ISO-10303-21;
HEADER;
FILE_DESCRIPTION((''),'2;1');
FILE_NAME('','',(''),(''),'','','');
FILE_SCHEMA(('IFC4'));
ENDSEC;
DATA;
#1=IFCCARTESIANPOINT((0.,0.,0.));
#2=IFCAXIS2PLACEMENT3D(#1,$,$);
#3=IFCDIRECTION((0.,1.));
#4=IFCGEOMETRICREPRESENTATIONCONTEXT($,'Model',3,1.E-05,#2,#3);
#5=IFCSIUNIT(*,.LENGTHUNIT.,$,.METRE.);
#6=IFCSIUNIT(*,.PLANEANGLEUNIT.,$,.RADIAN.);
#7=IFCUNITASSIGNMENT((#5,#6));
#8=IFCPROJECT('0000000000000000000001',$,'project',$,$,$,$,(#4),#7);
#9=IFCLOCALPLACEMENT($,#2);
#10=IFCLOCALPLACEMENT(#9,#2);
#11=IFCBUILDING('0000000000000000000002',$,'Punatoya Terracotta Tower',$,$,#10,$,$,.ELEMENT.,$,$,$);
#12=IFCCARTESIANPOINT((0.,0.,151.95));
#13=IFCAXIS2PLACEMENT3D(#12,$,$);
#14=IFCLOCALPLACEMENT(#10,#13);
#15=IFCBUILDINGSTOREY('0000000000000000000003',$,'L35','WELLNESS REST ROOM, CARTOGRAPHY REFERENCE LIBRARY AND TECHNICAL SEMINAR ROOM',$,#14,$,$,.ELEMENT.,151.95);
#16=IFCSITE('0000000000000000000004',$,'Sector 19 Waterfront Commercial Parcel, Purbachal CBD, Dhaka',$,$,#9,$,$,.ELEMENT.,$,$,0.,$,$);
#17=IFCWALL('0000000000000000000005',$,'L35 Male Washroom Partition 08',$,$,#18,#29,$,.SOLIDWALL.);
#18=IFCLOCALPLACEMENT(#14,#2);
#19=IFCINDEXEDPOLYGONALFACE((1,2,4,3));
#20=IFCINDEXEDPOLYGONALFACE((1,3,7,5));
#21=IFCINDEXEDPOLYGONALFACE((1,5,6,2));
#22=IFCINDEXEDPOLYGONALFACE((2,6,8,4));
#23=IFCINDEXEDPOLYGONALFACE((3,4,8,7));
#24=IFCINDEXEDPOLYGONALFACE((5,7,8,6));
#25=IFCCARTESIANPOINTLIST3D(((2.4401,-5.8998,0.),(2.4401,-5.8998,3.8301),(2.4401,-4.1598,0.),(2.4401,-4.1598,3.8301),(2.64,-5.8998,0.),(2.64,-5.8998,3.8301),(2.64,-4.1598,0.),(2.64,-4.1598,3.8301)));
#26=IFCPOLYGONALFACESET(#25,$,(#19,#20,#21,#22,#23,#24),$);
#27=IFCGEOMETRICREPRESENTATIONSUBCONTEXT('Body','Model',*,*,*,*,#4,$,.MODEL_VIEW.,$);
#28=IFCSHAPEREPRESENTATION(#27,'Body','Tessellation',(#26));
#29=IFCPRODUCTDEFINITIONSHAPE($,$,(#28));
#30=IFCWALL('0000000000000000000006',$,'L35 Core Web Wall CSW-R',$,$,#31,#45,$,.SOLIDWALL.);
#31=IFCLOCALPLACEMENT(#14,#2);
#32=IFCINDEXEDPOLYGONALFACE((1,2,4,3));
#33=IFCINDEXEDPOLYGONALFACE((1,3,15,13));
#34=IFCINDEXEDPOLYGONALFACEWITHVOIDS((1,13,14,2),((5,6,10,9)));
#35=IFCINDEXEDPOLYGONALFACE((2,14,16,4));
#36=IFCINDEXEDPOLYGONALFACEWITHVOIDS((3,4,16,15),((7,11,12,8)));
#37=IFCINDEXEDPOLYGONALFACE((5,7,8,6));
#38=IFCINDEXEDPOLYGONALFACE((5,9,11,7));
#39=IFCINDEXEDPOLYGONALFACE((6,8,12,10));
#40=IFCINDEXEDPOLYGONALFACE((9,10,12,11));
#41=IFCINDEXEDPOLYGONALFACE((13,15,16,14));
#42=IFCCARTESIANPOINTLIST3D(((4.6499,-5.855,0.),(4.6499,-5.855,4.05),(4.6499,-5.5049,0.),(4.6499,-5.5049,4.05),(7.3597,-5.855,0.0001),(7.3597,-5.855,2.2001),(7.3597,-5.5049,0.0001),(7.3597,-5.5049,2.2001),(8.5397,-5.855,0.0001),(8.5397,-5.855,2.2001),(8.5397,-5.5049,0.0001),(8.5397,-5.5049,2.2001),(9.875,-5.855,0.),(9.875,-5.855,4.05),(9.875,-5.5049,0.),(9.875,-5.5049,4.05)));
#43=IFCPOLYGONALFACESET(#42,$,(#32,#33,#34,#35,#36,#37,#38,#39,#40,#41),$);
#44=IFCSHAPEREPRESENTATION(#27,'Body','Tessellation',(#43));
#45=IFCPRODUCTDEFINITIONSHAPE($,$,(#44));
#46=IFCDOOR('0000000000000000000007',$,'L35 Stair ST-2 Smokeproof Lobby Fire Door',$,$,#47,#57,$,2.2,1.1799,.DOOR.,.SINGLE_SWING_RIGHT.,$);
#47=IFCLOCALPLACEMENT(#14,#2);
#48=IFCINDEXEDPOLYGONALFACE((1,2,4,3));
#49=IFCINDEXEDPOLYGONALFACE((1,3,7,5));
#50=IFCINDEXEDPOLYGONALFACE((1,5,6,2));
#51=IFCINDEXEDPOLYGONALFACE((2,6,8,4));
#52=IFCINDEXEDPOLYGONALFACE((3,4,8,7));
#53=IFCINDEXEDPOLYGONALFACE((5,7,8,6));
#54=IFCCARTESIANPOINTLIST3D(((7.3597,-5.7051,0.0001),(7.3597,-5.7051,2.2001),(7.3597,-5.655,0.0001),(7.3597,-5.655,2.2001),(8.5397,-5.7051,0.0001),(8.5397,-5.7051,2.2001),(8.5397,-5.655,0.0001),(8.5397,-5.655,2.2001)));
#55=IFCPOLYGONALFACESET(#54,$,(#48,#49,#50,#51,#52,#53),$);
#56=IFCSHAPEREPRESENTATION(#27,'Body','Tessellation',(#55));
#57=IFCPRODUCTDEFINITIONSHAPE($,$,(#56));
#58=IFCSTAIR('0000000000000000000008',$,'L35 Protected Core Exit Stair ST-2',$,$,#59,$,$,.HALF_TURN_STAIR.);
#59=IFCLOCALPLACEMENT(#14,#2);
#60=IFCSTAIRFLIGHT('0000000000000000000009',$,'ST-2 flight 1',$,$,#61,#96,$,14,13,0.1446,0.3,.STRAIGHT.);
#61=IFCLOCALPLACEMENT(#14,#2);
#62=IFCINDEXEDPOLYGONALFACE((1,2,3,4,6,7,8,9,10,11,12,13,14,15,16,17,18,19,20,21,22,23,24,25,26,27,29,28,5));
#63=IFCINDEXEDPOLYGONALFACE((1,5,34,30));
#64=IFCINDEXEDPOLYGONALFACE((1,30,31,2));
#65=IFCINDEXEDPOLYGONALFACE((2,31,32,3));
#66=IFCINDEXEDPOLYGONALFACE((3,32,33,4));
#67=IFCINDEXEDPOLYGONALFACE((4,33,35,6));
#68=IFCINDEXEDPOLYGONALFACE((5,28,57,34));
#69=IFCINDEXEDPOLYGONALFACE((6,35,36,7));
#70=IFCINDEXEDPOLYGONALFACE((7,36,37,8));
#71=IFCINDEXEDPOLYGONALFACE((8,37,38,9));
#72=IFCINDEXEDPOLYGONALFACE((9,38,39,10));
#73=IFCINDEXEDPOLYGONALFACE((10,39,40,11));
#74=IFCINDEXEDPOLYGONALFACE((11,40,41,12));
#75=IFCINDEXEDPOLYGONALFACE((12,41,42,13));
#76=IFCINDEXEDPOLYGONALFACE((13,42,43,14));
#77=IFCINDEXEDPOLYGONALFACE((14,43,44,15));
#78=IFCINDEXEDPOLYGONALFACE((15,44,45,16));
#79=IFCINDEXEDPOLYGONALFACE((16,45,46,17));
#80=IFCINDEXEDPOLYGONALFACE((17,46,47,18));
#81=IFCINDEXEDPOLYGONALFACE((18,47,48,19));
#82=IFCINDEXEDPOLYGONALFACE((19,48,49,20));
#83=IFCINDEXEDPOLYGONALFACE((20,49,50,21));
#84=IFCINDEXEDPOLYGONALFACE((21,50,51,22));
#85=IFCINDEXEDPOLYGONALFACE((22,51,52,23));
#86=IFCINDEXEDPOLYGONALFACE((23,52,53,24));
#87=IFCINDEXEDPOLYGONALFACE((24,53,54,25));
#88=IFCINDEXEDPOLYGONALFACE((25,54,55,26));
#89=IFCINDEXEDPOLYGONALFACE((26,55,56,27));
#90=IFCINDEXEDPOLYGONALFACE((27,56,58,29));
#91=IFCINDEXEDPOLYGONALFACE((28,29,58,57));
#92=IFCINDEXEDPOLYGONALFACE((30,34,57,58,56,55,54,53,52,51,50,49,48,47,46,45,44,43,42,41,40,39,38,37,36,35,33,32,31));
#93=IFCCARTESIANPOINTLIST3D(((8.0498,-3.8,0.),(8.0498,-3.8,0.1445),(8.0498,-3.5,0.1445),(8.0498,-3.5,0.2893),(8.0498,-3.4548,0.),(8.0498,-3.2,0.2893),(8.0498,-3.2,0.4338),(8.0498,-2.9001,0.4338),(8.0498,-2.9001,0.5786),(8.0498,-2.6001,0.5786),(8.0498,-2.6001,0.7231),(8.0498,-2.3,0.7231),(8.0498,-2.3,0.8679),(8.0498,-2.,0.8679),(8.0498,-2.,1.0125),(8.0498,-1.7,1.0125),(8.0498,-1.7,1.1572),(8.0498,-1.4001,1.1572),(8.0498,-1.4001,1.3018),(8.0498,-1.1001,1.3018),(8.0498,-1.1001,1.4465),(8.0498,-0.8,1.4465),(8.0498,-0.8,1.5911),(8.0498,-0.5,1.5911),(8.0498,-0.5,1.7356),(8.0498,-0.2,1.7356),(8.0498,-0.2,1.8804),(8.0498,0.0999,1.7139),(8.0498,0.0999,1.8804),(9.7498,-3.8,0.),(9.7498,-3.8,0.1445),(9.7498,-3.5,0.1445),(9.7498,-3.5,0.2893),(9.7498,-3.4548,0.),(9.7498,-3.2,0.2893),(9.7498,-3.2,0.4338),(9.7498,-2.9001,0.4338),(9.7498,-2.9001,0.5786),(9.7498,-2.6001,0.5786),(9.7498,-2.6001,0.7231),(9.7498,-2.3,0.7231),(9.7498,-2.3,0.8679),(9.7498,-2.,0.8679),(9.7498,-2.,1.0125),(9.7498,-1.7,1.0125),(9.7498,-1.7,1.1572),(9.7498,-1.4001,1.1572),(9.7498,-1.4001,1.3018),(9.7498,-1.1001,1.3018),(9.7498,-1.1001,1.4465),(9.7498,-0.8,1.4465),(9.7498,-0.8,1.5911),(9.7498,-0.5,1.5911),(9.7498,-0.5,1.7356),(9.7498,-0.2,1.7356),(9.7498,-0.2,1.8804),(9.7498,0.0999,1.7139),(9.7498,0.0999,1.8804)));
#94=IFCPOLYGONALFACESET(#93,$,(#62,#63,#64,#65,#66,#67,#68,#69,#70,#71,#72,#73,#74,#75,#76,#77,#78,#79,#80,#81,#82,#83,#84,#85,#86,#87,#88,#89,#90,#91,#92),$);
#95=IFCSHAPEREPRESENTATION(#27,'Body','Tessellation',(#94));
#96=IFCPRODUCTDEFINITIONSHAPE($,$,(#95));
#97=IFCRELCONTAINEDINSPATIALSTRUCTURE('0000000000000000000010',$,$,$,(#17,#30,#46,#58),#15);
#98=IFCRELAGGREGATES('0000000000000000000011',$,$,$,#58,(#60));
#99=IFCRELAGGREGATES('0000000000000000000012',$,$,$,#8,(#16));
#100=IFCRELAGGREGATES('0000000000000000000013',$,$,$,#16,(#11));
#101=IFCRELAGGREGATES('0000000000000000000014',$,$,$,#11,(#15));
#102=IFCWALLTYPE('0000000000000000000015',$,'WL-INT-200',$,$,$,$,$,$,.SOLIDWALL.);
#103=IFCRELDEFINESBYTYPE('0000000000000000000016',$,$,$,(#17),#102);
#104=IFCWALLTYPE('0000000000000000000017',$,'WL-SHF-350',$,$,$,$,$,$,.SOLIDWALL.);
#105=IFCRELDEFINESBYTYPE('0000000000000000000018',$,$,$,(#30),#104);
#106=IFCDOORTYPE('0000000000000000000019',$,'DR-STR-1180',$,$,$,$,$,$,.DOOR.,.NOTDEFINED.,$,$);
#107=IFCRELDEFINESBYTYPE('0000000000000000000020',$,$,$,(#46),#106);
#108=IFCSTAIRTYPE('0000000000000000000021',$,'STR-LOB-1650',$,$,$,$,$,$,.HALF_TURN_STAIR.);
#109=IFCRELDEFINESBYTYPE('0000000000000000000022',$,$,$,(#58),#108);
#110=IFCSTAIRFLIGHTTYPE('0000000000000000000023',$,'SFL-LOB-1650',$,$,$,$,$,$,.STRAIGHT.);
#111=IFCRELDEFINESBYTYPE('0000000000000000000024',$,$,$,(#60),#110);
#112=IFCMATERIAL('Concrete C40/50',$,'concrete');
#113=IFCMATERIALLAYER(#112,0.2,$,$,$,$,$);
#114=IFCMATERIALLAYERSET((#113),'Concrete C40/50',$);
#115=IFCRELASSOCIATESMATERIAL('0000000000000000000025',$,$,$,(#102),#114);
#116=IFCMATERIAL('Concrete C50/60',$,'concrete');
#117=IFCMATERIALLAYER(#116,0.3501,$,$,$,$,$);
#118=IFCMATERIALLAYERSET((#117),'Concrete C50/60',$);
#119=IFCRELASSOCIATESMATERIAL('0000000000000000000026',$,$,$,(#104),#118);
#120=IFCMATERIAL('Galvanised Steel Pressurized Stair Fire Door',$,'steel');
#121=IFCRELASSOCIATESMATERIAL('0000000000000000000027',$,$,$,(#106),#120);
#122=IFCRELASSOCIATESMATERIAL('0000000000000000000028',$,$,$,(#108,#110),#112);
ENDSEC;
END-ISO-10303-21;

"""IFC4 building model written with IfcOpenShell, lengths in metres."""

from ifc_helpers import new_model, si_unit, direction, frame, frame_2d, origin, place, context, subcontext, project, spatial, polyline, rectangle, outline, extrude, material, layer, layer_set, type_object, element, fill, aggregate, save


model = new_model("IFC4")

# Units and contexts
model_context = context("Model", 3, precision=1e-05, world=origin(), true_north=direction((0.0, 1.0)))
body_context = subcontext(model_context, "Body", "Model", "MODEL_VIEW")
ifc_project = project(units=[si_unit("LENGTHUNIT", "METRE"), si_unit("PLANEANGLEUNIT", "RADIAN")], contexts=[model_context])

# Site, building, storey
site_placement = place(None, origin())
site = spatial("IfcSite", under=ifc_project, at=site_placement, Name="Sector 19 Waterfront Commercial Parcel, Purbachal CBD, Dhaka", CompositionType="ELEMENT", RefElevation=0.0)
building_placement = place(site_placement, origin())
building = spatial("IfcBuilding", under=site, at=building_placement, Name="Punatoya Terracotta Tower", CompositionType="ELEMENT")
storey_placement = place(building_placement, frame((0.0, 0.0, 151.95)))
storey = spatial("IfcBuildingStorey", under=building, at=storey_placement, Name="L35", Description="WELLNESS REST ROOM, CARTOGRAPHY REFERENCE LIBRARY AND TECHNICAL SEMINAR ROOM", CompositionType="ELEMENT", Elevation=151.95)

# Wall
ifc_material_1 = material(Name="Concrete C40/50", Category="concrete")
ifc_layer_1 = layer(ifc_material_1, 0.2)
ifc_layer_set_1 = layer_set([ifc_layer_1], Name="Concrete C40/50")
wall_type_1 = type_object("IfcWallType", Name="WL-INT-200", PredefinedType="SOLIDWALL", material=ifc_layer_set_1)
wall_1_placement = place(storey_placement, frame((2.54, -5.8999, 0.0), z_axis=(0.0, 0.0, 1.0), x_axis=(0.0, 1.0, 0.0)))
element("IfcWall", 1, at=wall_1_placement, inside=storey, type_object=wall_type_1, Name="L35 Male Washroom Partition 08", PredefinedType="SOLIDWALL", context=body_context, shape_type="SweptSolid", body=[
    extrude(rectangle(XDim=1.74, YDim=0.2, at=frame_2d((0.8701, 0.0))), origin(), (0.0, 0.0, 1.0), 3.8301),
])

# Wall, opening, door
ifc_material_2 = material(Name="Concrete C50/60", Category="concrete")
ifc_layer_2 = layer(ifc_material_2, 0.3501)
ifc_layer_set_2 = layer_set([ifc_layer_2], Name="Concrete C50/60")
wall_type_2 = type_object("IfcWallType", Name="WL-SHF-350", PredefinedType="SOLIDWALL", material=ifc_layer_set_2)
wall_2_placement = place(storey_placement, frame((4.6499, -5.6799, 0.0), z_axis=(0.0, 0.0, 1.0), x_axis=(1.0, 0.0, 0.0)))
wall_2 = element("IfcWall", 2, at=wall_2_placement, inside=storey, type_object=wall_type_2, Name="L35 Core Web Wall CSW-R", PredefinedType="SOLIDWALL", context=body_context, shape_type="SweptSolid", body=[
    extrude(rectangle(XDim=5.2251, YDim=0.3501, at=frame_2d((2.6125, 0.0))), origin(), (0.0, 0.0, 1.0), 4.05),
])
opening_1_placement = place(wall_2_placement, frame((2.71, 0.0, 0.0)))
opening_1 = element("IfcOpeningElement", 3, at=opening_1_placement, cuts=wall_2, PredefinedType="OPENING", context=body_context, shape_type="SweptSolid", body=[
    extrude(rectangle(XDim=1.1799, YDim=2.2, at=frame_2d((0.5898, 1.1001))), frame((0.0, 0.1851, 0.0), z_axis=(0.0, -1.0, 0.0), x_axis=(1.0, 0.0, 0.0)), (0.0, 0.0, 1.0), 0.3701),
])
ifc_material_3 = material(Name="Galvanised Steel Pressurized Stair Fire Door", Category="steel")
door_type_1 = type_object("IfcDoorType", Name="DR-STR-1180", OperationType="NOTDEFINED", PredefinedType="DOOR", material=ifc_material_3)
door_1_placement = place(opening_1_placement, origin())
door_1 = element("IfcDoor", 4, at=door_1_placement, inside=storey, type_object=door_type_1, Name="L35 Stair ST-2 Smokeproof Lobby Fire Door", OperationType="SINGLE_SWING_RIGHT", OverallHeight=2.2, OverallWidth=1.1799, PredefinedType="DOOR", context=body_context, shape_type="SweptSolid", body=[
    extrude(rectangle(XDim=1.1799, YDim=2.2, at=frame_2d((0.5898, 1.1001))), frame((0.0, 0.0249, 0.0), z_axis=(0.0, -1.0, 0.0), x_axis=(1.0, 0.0, 0.0)), (0.0, 0.0, 1.0), 0.05),
])
fill(opening_1, door_1)

# Stair, stair flight
stair_type = type_object("IfcStairType", Name="STR-LOB-1650", PredefinedType="HALF_TURN_STAIR", material=ifc_material_1)
stair_placement = place(storey_placement, origin())
stair = element("IfcStair", 5, at=stair_placement, inside=storey, type_object=stair_type, Name="L35 Protected Core Exit Stair ST-2", PredefinedType="HALF_TURN_STAIR")
stair_flight_type = type_object("IfcStairFlightType", Name="SFL-LOB-1650", PredefinedType="STRAIGHT", material=ifc_material_1)
stair_flight_placement = place(storey_placement, frame((8.8999, -3.8, 0.0), z_axis=(0.0, 0.0, 1.0), x_axis=(0.0, 1.0, 0.0)))
stair_flight = element("IfcStairFlight", 6, at=stair_flight_placement, type_object=stair_flight_type, Name="ST-2 flight 1", NumberOfRisers=14, NumberOfTreads=13, PredefinedType="STRAIGHT", RiserHeight=0.1446, TreadLength=0.3, context=body_context, shape_type="SweptSolid", body=[
    extrude(outline(polyline([(0.0, 0.0), (0.0, 0.1445), (0.3, 0.1445), (0.3, 0.2893), (0.6001, 0.2893), (0.6001, 0.4338), (0.8999, 0.4338), (0.8999, 0.5786), (1.2, 0.5786), (1.2, 0.7231), (1.5, 0.7231), (1.5, 0.8679), (1.8, 0.8679), (1.8, 1.0125), (2.1001, 1.0125), (2.1001, 1.1572), (2.3999, 1.1572), (2.3999, 1.3018), (2.7, 1.3018), (2.7, 1.4465), (3.0, 1.4465), (3.0, 1.5911), (3.3, 1.5911), (3.3, 1.7356), (3.6001, 1.7356), (3.6001, 1.8804), (3.8999, 1.8804), (3.8999, 2.0249), (3.8999, 1.7139), (0.3452, 0.0), (0.0, 0.0)])), frame((0.0, 0.8501, 0.0), z_axis=(0.0, -1.0, 0.0), x_axis=(1.0, 0.0, 0.0)), (0.0, 0.0, 1.0), 1.7),
])
aggregate(stair, [stair_flight])

save(model, "model.ifc")
